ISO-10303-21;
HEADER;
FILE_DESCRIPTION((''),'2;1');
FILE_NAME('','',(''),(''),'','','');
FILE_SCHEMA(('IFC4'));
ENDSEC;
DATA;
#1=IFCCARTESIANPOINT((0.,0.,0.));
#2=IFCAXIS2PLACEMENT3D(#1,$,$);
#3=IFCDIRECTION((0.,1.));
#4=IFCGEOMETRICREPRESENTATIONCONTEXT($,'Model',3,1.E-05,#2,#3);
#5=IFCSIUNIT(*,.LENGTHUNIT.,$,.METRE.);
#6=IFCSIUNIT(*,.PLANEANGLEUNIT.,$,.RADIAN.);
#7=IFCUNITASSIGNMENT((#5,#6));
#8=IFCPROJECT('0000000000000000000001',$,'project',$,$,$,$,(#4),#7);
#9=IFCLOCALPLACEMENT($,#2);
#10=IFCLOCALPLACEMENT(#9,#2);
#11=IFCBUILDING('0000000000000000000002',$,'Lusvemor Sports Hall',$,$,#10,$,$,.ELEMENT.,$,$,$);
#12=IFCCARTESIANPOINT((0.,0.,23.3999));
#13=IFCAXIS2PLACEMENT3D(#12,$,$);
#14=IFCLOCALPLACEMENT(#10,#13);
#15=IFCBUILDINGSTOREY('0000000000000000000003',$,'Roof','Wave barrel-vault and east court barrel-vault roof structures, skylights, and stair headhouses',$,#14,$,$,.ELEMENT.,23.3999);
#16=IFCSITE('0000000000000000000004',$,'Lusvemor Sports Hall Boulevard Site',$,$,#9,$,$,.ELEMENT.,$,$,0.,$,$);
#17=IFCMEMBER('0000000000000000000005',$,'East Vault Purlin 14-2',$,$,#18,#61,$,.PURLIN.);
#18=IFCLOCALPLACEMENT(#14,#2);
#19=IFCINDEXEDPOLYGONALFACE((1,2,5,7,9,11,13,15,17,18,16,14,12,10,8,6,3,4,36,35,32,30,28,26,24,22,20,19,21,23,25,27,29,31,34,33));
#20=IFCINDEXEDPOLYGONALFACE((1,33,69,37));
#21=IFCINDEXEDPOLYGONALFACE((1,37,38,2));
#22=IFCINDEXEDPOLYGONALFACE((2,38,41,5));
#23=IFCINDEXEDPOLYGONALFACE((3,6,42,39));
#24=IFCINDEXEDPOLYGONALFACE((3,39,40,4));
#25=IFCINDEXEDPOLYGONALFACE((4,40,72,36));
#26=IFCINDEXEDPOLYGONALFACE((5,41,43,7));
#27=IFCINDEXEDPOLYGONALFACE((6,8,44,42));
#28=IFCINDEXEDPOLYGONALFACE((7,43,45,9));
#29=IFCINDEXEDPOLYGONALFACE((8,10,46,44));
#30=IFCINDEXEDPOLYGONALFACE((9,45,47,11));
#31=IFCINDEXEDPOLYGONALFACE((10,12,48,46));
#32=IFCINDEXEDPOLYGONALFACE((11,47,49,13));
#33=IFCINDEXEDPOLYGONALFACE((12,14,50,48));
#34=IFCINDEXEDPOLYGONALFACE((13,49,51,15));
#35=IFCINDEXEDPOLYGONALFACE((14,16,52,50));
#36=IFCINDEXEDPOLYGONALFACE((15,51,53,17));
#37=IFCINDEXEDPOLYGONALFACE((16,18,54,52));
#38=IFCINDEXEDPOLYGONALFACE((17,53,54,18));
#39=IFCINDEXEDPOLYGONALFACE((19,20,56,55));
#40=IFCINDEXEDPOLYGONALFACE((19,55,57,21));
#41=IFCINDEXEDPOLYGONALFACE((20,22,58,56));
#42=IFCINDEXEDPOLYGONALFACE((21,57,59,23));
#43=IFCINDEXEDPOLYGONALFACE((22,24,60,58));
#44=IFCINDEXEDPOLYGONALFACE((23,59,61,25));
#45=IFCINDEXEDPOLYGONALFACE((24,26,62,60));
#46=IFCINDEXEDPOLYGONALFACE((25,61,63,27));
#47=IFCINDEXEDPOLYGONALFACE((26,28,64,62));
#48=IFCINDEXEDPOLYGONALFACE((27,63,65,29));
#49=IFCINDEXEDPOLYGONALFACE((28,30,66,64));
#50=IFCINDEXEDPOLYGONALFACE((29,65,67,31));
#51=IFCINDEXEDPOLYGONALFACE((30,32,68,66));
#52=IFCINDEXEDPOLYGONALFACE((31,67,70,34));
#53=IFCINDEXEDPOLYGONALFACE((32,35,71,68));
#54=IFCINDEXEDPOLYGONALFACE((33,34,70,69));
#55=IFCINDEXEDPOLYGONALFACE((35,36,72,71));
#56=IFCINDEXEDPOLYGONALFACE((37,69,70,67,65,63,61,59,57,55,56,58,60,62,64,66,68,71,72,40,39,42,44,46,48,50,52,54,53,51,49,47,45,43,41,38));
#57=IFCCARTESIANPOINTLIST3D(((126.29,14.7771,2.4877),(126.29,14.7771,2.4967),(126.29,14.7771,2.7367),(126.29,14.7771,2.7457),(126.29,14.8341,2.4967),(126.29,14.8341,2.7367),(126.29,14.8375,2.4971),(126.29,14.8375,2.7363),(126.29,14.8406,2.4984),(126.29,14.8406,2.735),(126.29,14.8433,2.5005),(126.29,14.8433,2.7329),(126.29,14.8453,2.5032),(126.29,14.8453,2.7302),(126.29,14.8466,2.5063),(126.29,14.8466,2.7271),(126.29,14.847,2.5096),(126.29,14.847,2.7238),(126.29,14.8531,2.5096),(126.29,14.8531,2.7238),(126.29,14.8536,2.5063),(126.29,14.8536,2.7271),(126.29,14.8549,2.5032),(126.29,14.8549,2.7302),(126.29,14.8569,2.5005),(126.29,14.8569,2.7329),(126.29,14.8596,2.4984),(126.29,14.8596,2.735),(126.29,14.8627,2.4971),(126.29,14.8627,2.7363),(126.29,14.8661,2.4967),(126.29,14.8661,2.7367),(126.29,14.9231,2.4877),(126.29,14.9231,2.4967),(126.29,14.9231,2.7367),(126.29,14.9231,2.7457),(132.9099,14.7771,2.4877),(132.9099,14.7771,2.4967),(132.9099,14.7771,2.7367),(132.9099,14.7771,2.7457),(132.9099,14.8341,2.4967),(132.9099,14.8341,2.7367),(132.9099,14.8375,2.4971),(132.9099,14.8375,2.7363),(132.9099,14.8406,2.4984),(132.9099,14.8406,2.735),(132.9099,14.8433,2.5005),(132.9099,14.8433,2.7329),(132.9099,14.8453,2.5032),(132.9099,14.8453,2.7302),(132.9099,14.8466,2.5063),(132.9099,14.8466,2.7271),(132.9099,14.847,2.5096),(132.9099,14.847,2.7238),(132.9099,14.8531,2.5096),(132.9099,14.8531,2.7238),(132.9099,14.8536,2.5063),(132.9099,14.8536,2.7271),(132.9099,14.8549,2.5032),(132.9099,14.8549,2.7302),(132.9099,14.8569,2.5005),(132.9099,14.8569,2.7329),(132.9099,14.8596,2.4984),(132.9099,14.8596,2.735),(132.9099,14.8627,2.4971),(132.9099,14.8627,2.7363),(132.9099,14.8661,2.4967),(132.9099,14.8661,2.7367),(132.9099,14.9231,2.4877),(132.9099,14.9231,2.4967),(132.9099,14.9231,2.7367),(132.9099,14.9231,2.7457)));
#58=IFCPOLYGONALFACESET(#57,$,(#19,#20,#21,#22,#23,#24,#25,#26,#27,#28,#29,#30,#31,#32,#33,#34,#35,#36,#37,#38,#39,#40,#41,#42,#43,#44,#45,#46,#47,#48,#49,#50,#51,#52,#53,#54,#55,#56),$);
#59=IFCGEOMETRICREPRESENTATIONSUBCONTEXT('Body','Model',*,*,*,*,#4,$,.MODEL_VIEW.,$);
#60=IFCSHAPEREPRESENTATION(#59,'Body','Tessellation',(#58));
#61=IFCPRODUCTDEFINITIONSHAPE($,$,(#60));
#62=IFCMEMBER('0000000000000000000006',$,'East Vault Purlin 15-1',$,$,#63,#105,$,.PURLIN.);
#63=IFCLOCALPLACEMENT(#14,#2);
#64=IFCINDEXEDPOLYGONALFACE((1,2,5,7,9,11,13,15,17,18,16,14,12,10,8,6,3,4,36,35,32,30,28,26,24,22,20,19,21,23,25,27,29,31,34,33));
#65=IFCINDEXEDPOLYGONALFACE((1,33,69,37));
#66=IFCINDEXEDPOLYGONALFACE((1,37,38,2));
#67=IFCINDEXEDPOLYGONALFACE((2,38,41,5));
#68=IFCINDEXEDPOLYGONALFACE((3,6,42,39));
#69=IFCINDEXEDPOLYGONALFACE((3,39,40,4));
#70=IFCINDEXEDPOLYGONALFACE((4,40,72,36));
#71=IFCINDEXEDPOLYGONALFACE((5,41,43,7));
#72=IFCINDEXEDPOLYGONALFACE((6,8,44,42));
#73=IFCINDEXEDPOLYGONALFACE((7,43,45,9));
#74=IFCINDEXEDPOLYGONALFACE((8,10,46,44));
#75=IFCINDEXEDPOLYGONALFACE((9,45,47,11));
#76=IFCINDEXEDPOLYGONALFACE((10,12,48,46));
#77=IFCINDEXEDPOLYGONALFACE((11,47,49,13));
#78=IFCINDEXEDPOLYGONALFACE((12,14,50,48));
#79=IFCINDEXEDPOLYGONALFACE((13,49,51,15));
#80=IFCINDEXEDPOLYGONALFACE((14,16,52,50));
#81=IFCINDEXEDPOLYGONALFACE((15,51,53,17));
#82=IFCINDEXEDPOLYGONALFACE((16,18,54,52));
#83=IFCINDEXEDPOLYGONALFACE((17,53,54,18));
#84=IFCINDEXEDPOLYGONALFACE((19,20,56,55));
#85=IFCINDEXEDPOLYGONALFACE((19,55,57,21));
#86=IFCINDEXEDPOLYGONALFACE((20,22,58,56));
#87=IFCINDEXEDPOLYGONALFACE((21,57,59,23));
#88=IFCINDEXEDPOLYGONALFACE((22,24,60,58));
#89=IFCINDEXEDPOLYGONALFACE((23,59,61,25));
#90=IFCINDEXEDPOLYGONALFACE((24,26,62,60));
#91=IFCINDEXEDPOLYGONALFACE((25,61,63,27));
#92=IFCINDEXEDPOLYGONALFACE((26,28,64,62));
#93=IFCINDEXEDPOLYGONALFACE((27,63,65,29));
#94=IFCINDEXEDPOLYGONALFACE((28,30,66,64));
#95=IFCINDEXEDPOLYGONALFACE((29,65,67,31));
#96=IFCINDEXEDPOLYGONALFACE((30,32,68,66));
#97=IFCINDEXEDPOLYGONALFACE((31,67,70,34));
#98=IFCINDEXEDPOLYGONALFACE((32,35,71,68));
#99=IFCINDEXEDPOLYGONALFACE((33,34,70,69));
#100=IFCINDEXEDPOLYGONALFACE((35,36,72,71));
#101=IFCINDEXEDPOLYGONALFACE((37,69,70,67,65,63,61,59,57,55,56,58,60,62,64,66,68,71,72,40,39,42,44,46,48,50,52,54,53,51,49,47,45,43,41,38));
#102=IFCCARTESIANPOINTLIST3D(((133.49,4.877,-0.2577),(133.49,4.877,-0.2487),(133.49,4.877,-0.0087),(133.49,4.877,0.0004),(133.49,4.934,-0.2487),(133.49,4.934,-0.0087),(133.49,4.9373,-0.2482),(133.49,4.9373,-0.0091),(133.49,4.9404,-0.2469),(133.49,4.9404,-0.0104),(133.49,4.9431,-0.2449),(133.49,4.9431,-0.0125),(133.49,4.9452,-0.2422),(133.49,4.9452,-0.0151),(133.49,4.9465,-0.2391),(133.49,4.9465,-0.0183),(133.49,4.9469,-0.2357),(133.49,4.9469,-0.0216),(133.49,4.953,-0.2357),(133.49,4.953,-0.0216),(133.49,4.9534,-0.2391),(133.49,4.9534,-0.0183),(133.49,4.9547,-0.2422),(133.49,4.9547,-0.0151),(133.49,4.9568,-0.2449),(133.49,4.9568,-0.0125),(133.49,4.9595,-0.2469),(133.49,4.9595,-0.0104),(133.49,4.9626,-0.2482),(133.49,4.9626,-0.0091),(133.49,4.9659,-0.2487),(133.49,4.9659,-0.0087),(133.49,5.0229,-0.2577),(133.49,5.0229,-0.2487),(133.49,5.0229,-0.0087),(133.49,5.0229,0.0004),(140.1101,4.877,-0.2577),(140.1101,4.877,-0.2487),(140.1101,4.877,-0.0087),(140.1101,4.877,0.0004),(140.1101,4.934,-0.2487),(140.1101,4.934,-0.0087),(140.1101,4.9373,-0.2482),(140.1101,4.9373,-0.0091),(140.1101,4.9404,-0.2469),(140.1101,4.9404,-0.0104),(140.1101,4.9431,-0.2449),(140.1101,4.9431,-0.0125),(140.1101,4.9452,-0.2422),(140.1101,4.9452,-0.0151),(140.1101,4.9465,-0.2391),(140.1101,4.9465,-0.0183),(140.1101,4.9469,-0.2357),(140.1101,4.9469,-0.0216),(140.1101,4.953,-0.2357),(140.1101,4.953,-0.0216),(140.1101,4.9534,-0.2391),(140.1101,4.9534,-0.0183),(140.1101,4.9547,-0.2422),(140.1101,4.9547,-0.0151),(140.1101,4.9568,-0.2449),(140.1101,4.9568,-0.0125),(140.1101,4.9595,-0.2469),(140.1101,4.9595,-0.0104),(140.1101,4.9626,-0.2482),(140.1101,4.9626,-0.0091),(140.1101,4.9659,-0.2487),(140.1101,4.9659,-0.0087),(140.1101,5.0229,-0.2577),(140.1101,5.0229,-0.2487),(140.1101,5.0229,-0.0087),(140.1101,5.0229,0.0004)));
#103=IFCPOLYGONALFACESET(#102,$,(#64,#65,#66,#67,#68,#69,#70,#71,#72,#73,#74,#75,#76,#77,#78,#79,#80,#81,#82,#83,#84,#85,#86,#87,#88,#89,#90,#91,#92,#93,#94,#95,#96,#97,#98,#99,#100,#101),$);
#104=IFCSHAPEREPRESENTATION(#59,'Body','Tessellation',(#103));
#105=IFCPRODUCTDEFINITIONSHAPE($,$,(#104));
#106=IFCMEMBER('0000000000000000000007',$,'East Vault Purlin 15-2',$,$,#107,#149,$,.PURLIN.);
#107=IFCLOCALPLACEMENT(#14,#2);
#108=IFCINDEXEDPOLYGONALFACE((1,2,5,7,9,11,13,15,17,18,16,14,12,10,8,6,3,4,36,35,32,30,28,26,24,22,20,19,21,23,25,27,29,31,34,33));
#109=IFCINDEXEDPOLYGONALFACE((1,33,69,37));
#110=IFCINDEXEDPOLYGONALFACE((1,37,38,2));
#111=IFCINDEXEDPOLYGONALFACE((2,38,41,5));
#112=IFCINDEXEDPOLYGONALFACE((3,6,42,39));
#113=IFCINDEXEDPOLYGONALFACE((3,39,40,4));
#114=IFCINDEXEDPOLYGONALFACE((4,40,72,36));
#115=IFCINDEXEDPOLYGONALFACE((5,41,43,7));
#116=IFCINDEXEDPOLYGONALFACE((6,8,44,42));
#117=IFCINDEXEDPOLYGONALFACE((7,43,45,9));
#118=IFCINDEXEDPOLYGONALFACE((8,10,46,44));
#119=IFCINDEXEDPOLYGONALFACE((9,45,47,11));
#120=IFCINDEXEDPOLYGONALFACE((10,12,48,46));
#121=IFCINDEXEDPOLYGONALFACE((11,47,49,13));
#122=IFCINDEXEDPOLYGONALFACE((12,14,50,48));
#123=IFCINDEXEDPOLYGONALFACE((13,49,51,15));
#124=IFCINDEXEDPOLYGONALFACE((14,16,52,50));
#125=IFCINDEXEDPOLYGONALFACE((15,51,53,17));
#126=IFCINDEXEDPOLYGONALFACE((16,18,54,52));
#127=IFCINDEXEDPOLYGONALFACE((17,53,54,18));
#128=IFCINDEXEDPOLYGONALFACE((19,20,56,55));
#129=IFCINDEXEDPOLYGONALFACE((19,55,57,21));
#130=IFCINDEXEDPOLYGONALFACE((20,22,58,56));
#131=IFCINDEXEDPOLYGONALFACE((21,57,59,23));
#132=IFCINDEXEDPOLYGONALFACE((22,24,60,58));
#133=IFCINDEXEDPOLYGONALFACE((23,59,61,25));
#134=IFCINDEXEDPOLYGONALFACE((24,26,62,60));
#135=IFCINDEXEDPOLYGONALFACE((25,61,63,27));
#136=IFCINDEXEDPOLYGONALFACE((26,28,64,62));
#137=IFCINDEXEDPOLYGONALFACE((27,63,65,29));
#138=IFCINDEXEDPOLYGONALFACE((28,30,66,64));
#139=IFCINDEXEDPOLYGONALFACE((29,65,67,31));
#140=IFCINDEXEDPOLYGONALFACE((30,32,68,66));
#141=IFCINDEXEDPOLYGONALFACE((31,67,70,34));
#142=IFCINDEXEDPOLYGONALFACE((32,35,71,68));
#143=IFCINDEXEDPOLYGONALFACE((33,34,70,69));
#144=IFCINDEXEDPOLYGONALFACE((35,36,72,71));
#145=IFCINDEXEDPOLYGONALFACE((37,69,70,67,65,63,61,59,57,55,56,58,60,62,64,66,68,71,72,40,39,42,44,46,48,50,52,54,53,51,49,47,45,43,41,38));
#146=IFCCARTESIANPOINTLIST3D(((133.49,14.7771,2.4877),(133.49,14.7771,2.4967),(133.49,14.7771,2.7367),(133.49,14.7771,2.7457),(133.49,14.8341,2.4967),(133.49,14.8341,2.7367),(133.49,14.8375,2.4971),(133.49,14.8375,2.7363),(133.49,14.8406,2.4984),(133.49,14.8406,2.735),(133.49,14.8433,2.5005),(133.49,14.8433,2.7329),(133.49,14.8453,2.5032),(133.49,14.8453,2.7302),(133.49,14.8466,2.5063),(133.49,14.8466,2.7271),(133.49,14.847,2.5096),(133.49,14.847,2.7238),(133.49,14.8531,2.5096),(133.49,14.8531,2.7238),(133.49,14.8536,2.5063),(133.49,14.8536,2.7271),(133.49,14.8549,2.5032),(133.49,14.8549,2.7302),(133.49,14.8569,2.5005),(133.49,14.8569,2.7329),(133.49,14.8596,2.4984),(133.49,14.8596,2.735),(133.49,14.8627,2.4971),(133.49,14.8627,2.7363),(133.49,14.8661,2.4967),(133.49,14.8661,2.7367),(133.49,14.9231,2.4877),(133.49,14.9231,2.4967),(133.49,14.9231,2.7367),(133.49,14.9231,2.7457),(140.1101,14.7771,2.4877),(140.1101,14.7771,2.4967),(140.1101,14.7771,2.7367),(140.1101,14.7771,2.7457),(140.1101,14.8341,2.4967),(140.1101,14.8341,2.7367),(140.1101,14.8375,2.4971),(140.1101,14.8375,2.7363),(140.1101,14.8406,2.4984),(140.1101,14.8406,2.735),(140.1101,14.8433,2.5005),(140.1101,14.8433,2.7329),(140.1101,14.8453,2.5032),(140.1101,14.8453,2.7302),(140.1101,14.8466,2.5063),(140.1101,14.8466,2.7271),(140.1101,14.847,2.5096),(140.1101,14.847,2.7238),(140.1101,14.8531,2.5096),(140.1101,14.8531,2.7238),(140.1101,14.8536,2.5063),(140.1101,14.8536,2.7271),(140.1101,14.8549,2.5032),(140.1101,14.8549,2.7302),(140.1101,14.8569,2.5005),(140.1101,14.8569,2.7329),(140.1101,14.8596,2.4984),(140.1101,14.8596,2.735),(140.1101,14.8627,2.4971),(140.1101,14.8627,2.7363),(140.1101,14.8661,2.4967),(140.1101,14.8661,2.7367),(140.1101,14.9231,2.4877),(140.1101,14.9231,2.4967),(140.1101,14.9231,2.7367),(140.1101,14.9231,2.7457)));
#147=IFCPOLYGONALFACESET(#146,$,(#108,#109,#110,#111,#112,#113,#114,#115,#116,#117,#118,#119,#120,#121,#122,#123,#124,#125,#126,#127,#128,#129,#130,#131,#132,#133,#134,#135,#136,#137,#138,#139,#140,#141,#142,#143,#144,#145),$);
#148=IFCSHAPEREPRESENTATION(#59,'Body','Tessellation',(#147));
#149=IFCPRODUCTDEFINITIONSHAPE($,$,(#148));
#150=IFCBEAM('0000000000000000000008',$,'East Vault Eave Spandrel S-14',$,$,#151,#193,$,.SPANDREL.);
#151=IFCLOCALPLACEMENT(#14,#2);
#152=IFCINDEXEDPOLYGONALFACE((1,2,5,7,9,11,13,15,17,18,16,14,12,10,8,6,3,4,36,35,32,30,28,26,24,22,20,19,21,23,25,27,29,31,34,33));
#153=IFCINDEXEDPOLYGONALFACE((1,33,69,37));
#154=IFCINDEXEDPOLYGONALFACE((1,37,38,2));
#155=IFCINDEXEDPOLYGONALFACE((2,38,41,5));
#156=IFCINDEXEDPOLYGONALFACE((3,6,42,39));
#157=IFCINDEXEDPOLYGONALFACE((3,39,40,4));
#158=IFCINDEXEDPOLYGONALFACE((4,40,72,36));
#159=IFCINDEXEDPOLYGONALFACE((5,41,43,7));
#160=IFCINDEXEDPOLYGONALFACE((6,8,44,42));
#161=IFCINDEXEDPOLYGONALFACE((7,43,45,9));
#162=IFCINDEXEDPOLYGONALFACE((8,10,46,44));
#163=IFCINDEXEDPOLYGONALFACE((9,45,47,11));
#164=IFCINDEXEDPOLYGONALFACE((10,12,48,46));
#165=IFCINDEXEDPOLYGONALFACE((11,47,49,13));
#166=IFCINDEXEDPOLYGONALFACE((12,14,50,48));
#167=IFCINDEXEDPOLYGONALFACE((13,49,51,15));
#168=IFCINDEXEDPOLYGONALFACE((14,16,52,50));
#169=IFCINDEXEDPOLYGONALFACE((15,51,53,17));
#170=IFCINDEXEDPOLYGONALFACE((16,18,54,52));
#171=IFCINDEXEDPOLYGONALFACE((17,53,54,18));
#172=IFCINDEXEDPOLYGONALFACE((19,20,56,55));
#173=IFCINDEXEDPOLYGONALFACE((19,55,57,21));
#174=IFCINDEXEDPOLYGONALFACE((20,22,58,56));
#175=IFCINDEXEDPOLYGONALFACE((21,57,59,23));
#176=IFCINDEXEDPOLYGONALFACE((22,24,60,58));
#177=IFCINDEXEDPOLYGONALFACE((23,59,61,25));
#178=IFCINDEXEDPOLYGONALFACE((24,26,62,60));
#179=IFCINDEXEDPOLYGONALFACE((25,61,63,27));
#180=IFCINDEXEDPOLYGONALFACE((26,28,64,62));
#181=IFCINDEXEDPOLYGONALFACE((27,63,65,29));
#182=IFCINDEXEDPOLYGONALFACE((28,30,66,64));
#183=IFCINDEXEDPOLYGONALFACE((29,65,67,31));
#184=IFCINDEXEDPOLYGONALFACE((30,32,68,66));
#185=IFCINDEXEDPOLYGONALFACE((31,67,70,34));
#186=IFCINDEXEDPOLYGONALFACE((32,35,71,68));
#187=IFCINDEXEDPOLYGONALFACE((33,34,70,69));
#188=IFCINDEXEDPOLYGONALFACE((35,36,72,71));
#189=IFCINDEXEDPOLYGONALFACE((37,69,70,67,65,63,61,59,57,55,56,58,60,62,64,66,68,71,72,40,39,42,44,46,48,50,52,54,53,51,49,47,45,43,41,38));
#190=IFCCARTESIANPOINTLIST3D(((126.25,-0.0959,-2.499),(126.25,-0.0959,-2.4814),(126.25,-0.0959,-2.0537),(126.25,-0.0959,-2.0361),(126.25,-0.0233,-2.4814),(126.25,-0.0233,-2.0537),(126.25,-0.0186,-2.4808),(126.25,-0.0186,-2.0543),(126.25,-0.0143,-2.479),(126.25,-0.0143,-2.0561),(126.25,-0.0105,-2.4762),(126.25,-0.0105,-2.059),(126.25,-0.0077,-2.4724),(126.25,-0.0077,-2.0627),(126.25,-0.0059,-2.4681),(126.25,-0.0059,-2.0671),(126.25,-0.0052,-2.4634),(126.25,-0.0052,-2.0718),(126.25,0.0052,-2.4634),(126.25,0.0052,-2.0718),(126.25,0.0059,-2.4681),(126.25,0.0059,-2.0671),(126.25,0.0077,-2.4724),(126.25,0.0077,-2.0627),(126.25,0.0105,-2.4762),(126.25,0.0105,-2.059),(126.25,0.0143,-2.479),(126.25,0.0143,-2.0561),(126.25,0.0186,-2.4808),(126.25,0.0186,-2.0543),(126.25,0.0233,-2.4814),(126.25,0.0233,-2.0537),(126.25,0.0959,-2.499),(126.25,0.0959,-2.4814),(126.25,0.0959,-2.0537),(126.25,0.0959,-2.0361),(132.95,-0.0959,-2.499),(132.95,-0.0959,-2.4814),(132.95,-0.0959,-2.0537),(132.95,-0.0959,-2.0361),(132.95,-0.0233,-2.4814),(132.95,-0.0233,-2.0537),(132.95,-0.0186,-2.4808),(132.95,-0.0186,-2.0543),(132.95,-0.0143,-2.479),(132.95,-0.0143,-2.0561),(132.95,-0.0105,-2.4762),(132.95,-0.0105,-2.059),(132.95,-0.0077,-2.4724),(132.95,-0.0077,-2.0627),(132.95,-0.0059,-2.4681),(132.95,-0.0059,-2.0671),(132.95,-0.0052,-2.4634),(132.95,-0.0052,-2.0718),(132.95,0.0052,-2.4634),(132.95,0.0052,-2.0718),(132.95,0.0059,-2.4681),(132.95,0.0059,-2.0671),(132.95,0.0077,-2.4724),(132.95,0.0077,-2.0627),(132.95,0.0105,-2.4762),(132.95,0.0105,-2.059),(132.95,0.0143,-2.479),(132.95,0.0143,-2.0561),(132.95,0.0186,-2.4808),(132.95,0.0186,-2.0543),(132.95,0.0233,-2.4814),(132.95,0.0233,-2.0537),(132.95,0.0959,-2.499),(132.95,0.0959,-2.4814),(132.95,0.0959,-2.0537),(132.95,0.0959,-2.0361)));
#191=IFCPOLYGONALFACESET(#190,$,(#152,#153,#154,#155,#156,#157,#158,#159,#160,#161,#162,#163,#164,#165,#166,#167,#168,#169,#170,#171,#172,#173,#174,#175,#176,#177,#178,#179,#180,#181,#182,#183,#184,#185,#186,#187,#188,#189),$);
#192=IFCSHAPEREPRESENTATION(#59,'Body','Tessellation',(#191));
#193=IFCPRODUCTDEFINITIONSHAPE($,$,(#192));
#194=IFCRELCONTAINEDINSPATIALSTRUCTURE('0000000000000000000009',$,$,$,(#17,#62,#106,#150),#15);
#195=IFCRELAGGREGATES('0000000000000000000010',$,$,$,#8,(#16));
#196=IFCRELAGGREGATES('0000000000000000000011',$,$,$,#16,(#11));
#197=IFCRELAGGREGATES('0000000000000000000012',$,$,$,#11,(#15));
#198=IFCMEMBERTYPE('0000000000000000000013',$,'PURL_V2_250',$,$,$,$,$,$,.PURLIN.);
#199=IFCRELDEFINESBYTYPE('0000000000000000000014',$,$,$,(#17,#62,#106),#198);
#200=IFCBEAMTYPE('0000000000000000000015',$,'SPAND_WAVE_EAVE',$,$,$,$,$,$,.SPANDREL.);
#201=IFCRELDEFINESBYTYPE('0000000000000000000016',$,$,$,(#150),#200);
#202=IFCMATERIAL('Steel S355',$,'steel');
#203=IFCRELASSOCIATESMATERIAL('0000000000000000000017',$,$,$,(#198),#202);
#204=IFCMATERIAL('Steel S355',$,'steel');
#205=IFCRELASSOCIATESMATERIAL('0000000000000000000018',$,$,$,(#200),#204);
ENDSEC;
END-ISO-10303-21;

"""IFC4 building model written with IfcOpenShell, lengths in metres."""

from ifc_helpers import new_model, si_unit, direction, frame, origin, origin_2d, place, context, subcontext, project, spatial, i_section, extrude, material, material_profile, profile_set, type_object, element, save


model = new_model("IFC4")

# Units and contexts
model_context = context("Model", 3, precision=1e-05, world=origin(), true_north=direction((0.0, 1.0)))
body_context = subcontext(model_context, "Body", "Model", "MODEL_VIEW")
ifc_project = project(units=[si_unit("LENGTHUNIT", "METRE"), si_unit("PLANEANGLEUNIT", "RADIAN")], contexts=[model_context])

# Site, building, storey
site_placement = place(None, origin())
site = spatial("IfcSite", under=ifc_project, at=site_placement, Name="Lusvemor Sports Hall Boulevard Site", CompositionType="ELEMENT", RefElevation=0.0)
building_placement = place(site_placement, origin())
building = spatial("IfcBuilding", under=site, at=building_placement, Name="Lusvemor Sports Hall", CompositionType="ELEMENT")
storey_placement = place(building_placement, frame((0.0, 0.0, 23.3999)))
storey = spatial("IfcBuildingStorey", under=building, at=storey_placement, Name="Roof", Description="Wave barrel-vault and east court barrel-vault roof structures, skylights, and stair headhouses", CompositionType="ELEMENT", Elevation=23.3999)

# Members
ifc_material_1 = material(Name="Steel S355", Category="steel")
ifc_material_profile_1 = material_profile(ifc_material_1, i_section(OverallWidth=0.146, OverallDepth=0.2581, WebThickness=0.0061, FlangeThickness=0.009, FilletRadius=0.0129, at=origin_2d()), Name="W250x32.7")
ifc_profile_set_1 = profile_set([ifc_material_profile_1], Name="Steel S355")
member_type_1 = type_object("IfcMemberType", Name="PURL_V2_250", PredefinedType="PURLIN", material=ifc_profile_set_1)
for number, where, z_axis, x_axis, name in (
    (1, (126.29, 14.8501, 2.6167), (1.0, 0.0, 0.0), (0.0, 1.0, 0.0), "East Vault Purlin 14-2"),
):
    element("IfcMember", number, at=place(storey_placement, frame(where, z_axis=z_axis, x_axis=x_axis)), inside=storey, type_object=member_type_1, Name=name, PredefinedType="PURLIN", context=body_context, shape_type="SweptSolid", body=[
        extrude(i_section(OverallWidth=0.146, OverallDepth=0.2581, WebThickness=0.0061, FlangeThickness=0.009, FilletRadius=0.0129, at=origin_2d()), origin(), (0.0, 0.0, 1.0), 6.6199),
    ])
for number, where, z_axis, x_axis, name in (
    (2, (133.49, 4.95, -0.1287), (1.0, 0.0, 0.0), (0.0, 1.0, 0.0), "East Vault Purlin 15-1"),
    (3, (133.49, 14.8501, 2.6167), (1.0, 0.0, 0.0), (0.0, 1.0, 0.0), "East Vault Purlin 15-2"),
):
    element("IfcMember", number, at=place(storey_placement, frame(where, z_axis=z_axis, x_axis=x_axis)), inside=storey, type_object=member_type_1, Name=name, PredefinedType="PURLIN", context=body_context, shape_type="SweptSolid", body=[
        extrude(i_section(OverallWidth=0.146, OverallDepth=0.2581, WebThickness=0.0061, FlangeThickness=0.009, FilletRadius=0.0129, at=origin_2d()), origin(), (0.0, 0.0, 1.0), 6.6201),
    ])

# Beam
ifc_material_2 = material(Name="Steel S355", Category="steel")
ifc_material_profile_2 = material_profile(ifc_material_2, i_section(OverallWidth=0.1919, OverallDepth=0.4629, WebThickness=0.0105, FlangeThickness=0.0176, FilletRadius=0.0181, at=origin_2d()), Name="W460x89.0")
ifc_profile_set_2 = profile_set([ifc_material_profile_2], Name="Steel S355")
beam_type_1 = type_object("IfcBeamType", Name="SPAND_WAVE_EAVE", PredefinedType="SPANDREL", material=ifc_profile_set_2)
for number, where, z_axis, x_axis, name in (
    (4, (126.25, 0.0, -2.2676), (1.0, 0.0, 0.0), (0.0, 1.0, 0.0), "East Vault Eave Spandrel S-14"),
):
    element("IfcBeam", number, at=place(storey_placement, frame(where, z_axis=z_axis, x_axis=x_axis)), inside=storey, type_object=beam_type_1, Name=name, PredefinedType="SPANDREL", context=body_context, shape_type="SweptSolid", body=[
        extrude(i_section(OverallWidth=0.1919, OverallDepth=0.4629, WebThickness=0.0105, FlangeThickness=0.0176, FilletRadius=0.0181, at=origin_2d()), origin(), (0.0, 0.0, 1.0), 6.7),
    ])

save(model, "model.ifc")
